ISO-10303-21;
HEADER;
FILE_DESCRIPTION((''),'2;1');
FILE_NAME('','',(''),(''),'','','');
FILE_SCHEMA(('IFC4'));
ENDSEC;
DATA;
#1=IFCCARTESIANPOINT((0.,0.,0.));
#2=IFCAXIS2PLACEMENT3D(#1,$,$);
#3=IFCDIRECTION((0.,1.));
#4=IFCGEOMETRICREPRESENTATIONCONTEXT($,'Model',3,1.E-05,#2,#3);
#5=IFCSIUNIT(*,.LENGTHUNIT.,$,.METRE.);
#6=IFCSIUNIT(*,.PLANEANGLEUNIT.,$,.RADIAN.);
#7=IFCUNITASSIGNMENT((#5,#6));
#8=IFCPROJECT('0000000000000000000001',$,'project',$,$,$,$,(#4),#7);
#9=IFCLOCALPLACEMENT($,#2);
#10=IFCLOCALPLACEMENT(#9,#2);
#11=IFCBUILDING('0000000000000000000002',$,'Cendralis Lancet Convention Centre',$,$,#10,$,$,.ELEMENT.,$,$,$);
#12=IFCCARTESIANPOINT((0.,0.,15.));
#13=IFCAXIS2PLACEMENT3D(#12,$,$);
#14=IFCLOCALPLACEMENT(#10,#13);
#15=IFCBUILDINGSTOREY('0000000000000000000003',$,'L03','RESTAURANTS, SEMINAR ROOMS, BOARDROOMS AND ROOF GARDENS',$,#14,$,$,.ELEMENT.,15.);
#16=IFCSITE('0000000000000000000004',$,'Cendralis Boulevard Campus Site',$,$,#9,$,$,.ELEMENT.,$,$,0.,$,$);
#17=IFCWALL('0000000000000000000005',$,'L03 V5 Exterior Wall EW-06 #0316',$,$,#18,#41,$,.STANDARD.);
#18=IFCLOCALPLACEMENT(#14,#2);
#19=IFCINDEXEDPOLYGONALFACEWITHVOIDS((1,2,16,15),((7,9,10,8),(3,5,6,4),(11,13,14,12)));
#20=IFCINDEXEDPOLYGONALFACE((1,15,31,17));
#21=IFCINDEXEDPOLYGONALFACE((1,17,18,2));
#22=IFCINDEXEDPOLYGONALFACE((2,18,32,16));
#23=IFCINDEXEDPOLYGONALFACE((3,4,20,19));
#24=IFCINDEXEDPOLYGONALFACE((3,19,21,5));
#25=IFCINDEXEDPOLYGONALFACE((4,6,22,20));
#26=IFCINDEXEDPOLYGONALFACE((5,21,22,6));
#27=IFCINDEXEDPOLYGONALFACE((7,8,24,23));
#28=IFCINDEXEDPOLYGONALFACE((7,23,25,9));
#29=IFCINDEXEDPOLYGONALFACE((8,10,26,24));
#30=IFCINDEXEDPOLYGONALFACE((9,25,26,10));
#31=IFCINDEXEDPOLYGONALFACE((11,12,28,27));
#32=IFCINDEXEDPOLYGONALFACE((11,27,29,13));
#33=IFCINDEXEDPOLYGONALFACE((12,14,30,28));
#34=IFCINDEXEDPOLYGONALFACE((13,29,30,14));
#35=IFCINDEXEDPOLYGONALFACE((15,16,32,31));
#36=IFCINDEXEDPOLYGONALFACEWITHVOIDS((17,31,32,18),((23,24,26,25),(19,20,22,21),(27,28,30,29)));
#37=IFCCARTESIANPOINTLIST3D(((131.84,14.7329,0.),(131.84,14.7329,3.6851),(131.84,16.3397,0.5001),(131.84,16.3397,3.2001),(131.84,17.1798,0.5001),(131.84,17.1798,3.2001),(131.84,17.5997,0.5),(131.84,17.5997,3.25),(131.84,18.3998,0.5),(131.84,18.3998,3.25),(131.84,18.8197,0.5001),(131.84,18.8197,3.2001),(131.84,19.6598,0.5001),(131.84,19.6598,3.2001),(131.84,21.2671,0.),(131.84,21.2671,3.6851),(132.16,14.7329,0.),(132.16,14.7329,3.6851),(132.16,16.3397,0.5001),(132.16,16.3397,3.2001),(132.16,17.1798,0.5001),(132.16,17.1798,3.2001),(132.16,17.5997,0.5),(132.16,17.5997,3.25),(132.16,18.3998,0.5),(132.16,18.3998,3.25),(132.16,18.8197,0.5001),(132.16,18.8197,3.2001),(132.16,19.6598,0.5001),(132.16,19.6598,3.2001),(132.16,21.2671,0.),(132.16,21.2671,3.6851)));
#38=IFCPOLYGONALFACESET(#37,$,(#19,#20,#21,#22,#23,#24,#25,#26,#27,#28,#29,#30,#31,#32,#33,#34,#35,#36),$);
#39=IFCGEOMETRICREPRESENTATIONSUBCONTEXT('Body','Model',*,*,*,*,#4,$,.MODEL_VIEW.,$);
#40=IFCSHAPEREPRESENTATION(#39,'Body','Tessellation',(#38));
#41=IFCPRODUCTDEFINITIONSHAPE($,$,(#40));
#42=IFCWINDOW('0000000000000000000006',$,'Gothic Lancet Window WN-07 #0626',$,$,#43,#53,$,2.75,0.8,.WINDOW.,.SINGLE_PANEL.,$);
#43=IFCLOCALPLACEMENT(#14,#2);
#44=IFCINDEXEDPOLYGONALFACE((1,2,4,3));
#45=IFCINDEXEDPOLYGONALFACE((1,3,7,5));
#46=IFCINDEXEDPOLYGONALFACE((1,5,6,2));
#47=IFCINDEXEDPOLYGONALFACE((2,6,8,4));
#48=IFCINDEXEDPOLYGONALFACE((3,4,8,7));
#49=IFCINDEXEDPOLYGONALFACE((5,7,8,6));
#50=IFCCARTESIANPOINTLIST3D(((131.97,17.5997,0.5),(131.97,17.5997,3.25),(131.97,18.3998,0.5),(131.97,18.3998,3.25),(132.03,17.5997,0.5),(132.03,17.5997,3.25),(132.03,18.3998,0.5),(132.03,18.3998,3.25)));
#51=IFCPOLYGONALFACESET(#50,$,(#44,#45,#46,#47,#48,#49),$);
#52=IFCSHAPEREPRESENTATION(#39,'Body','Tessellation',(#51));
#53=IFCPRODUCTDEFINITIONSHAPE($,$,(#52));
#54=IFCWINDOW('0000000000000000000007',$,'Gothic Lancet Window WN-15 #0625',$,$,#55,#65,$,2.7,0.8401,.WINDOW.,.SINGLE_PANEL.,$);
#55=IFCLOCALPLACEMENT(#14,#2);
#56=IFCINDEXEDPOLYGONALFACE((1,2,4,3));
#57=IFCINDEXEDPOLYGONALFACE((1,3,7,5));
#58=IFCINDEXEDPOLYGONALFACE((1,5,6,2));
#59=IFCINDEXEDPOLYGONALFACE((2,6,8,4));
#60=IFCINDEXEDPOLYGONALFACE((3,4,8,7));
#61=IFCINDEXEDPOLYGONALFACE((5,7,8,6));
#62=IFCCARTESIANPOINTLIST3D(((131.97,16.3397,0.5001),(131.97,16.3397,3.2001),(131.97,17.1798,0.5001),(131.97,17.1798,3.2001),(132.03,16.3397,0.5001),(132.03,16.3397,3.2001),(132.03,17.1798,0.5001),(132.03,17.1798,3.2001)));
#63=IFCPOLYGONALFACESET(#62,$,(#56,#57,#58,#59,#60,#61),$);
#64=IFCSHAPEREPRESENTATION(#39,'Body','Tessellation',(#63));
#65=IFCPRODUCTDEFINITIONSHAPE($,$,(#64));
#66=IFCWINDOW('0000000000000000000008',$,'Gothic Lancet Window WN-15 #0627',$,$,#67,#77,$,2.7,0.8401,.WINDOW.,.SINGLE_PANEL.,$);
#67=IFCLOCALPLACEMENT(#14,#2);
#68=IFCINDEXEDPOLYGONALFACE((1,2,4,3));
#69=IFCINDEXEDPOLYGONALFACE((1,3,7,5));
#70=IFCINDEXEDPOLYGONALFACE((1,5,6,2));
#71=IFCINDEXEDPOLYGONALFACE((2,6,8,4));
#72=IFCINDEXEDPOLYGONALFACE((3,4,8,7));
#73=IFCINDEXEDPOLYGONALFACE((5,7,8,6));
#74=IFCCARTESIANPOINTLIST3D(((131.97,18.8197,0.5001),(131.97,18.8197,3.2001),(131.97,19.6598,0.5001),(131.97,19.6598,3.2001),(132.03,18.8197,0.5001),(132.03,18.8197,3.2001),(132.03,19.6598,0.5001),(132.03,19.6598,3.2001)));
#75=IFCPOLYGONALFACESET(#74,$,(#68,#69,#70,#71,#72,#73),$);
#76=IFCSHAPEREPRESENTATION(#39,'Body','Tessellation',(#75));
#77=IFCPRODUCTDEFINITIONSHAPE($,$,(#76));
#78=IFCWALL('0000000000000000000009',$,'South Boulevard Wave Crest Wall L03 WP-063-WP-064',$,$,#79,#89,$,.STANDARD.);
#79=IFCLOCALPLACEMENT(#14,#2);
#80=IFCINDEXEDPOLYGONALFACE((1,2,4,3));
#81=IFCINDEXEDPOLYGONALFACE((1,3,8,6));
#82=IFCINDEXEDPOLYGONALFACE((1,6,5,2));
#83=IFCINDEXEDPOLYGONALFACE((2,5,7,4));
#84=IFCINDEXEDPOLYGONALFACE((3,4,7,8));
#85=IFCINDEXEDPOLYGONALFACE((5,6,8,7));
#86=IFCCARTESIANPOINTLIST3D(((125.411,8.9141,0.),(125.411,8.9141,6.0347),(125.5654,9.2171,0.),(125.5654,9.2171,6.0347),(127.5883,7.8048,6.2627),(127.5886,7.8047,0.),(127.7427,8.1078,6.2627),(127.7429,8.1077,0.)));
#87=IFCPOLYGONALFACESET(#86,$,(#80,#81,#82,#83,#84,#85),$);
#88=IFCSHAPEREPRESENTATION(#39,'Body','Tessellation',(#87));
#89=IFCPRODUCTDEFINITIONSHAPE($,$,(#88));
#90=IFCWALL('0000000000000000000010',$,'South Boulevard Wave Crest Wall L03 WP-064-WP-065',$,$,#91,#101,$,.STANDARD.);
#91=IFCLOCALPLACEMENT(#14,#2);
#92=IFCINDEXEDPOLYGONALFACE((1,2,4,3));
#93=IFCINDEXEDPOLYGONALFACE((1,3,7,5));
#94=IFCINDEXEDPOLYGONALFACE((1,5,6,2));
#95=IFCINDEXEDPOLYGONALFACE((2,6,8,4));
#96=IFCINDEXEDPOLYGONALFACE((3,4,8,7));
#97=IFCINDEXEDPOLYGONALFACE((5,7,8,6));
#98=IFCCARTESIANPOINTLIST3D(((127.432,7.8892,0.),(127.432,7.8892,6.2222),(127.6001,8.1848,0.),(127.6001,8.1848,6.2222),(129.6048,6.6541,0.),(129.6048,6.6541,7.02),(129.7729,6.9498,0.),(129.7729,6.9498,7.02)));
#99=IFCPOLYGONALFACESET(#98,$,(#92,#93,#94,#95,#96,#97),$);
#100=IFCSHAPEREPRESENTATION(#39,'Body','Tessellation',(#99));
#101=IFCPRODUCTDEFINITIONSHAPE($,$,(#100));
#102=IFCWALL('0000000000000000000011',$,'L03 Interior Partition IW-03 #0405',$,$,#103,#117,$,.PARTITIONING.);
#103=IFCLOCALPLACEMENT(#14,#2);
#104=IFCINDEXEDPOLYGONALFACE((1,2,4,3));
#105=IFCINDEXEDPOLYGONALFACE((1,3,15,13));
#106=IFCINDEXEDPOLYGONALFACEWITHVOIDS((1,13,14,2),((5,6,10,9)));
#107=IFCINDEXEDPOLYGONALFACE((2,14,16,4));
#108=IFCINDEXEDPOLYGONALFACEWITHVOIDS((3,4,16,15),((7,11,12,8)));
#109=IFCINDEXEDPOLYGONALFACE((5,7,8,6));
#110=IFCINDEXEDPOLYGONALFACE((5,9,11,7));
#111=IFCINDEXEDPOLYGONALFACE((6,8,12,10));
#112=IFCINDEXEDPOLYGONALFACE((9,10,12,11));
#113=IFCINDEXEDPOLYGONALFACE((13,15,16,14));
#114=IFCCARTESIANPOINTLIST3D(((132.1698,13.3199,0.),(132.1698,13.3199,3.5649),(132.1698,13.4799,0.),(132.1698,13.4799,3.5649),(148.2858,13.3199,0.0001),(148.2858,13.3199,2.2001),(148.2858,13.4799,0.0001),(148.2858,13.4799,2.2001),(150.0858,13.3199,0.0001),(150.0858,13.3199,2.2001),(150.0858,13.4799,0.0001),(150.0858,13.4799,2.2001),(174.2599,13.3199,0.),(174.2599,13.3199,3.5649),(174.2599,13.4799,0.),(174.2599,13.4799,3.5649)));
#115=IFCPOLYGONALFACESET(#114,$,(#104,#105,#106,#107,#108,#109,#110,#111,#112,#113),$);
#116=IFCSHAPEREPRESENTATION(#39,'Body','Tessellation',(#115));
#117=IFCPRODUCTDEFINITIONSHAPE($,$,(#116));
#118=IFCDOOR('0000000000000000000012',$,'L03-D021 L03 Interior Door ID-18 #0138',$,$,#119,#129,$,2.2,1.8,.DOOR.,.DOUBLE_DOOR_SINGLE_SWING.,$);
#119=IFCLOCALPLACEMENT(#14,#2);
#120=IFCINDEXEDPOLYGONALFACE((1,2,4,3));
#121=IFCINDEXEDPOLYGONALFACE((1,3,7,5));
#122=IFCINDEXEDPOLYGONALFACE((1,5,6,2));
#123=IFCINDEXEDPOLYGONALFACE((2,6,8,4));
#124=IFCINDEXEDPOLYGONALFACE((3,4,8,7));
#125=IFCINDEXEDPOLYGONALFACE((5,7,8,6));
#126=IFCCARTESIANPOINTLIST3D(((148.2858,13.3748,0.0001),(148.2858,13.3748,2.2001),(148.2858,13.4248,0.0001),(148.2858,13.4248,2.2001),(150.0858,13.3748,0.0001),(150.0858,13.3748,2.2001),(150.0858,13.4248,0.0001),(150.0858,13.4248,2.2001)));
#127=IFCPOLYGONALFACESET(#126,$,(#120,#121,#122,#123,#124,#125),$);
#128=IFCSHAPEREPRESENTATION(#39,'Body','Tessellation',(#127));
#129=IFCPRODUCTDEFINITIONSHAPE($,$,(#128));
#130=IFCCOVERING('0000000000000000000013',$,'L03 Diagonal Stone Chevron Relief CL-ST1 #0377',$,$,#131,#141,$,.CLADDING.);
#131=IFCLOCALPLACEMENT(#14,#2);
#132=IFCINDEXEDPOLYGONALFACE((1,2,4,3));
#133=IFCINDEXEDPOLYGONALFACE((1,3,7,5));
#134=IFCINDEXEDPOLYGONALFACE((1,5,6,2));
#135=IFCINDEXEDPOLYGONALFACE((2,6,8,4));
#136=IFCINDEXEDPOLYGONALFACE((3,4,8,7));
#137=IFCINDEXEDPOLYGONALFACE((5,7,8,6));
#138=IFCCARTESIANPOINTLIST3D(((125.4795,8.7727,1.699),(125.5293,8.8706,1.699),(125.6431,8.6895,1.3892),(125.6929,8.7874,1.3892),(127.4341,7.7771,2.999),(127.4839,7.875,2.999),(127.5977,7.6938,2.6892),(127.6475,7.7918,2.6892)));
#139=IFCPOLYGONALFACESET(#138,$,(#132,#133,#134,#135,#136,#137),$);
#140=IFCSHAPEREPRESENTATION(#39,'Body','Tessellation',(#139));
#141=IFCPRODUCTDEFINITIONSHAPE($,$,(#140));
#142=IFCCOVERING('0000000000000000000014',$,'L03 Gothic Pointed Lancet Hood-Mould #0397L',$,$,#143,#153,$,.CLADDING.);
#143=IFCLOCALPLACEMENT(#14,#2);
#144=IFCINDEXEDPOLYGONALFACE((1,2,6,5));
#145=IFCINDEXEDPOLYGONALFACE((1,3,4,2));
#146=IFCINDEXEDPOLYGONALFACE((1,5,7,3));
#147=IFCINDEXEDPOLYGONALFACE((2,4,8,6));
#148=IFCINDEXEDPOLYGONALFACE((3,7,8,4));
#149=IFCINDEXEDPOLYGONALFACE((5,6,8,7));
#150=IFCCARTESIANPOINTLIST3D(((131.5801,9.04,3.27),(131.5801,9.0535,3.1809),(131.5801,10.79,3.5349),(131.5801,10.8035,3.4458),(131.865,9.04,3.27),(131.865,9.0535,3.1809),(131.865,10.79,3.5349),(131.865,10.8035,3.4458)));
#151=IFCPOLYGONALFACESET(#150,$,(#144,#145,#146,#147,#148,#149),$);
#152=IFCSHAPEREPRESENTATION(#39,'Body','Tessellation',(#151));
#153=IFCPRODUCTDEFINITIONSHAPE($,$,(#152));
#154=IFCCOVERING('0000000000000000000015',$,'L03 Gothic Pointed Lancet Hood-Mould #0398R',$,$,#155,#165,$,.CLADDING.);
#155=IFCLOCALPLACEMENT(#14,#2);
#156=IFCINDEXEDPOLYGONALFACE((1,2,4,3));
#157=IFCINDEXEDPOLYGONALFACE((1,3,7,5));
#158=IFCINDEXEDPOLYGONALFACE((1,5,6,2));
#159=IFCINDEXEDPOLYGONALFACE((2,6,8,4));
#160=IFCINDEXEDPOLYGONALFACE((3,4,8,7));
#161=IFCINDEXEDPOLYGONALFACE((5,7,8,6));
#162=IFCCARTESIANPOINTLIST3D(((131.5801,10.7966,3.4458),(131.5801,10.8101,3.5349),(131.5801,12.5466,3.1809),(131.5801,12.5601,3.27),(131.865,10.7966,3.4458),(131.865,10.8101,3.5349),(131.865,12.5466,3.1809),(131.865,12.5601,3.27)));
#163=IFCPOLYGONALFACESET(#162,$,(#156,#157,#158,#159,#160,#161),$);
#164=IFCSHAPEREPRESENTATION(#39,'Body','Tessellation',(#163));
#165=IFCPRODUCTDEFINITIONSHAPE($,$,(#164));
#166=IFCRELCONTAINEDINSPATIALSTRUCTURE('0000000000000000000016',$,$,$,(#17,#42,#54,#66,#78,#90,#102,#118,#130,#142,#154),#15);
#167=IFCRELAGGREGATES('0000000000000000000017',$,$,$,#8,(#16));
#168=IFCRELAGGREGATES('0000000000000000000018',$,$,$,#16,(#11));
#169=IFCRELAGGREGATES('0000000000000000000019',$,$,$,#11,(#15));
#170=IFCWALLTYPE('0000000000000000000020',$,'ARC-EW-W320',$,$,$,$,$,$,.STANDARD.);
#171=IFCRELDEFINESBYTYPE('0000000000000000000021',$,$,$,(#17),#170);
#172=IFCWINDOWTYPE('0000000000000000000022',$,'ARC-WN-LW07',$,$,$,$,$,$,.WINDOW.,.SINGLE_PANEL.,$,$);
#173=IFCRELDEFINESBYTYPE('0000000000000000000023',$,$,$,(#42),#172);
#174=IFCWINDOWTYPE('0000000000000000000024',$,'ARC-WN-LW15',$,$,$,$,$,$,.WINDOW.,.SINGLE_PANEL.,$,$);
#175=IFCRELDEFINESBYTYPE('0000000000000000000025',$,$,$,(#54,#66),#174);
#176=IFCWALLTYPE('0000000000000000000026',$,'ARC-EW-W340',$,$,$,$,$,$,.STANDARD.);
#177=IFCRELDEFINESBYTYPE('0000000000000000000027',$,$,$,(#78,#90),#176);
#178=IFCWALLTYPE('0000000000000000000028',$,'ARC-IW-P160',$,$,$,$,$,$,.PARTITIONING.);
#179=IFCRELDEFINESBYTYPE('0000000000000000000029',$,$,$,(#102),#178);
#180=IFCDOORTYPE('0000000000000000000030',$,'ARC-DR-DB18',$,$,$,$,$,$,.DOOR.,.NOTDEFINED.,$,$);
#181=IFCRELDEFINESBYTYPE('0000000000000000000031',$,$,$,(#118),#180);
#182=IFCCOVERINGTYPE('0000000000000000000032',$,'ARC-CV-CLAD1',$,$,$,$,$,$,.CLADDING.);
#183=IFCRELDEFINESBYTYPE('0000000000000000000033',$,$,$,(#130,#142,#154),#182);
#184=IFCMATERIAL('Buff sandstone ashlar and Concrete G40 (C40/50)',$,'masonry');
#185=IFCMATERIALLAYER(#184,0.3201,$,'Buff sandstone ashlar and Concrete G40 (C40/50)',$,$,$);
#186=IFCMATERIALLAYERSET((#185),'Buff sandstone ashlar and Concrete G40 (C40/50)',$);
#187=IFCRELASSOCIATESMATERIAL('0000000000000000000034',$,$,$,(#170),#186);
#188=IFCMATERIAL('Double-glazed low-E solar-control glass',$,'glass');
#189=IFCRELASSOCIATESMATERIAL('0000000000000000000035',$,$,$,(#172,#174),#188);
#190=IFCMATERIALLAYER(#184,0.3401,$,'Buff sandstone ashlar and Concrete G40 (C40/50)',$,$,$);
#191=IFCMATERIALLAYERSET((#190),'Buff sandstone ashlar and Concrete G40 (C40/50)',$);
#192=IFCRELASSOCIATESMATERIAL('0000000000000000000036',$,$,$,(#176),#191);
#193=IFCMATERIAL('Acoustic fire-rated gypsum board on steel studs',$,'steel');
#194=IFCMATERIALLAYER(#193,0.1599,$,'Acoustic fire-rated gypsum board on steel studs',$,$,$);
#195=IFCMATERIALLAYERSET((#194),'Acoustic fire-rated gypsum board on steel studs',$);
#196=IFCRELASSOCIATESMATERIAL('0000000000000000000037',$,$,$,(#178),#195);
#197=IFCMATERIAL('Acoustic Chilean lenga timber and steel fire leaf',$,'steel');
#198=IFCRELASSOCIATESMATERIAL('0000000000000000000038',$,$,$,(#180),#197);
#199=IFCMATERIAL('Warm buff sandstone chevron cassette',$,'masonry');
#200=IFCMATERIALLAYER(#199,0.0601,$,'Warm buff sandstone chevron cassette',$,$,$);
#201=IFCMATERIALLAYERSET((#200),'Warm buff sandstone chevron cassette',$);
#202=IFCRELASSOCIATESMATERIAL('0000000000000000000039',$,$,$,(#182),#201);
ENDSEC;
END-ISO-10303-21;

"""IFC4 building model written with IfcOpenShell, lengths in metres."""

from ifc_helpers import new_model, si_unit, direction, frame, frame_2d, origin, place, context, subcontext, project, spatial, polyline, rectangle, outline, extrude, material, layer, layer_set, type_object, element, fill, save


model = new_model("IFC4")

# Units and contexts
model_context = context("Model", 3, precision=1e-05, world=origin(), true_north=direction((0.0, 1.0)))
body_context = subcontext(model_context, "Body", "Model", "MODEL_VIEW")
ifc_project = project(units=[si_unit("LENGTHUNIT", "METRE"), si_unit("PLANEANGLEUNIT", "RADIAN")], contexts=[model_context])

# Site, building, storey
site_placement = place(None, origin())
site = spatial("IfcSite", under=ifc_project, at=site_placement, Name="Cendralis Boulevard Campus Site", CompositionType="ELEMENT", RefElevation=0.0)
building_placement = place(site_placement, origin())
building = spatial("IfcBuilding", under=site, at=building_placement, Name="Cendralis Lancet Convention Centre", CompositionType="ELEMENT")
storey_placement = place(building_placement, frame((0.0, 0.0, 15.0)))
storey = spatial("IfcBuildingStorey", under=building, at=storey_placement, Name="L03", Description="RESTAURANTS, SEMINAR ROOMS, BOARDROOMS AND ROOF GARDENS", CompositionType="ELEMENT", Elevation=15.0)

# Shared definitions
ifc_material_1 = material(Name="Buff sandstone ashlar and Concrete G40 (C40/50)", Category="masonry")
ifc_layer_1 = layer(ifc_material_1, 0.3201, Name="Buff sandstone ashlar and Concrete G40 (C40/50)")
ifc_layer_set_1 = layer_set([ifc_layer_1], Name="Buff sandstone ashlar and Concrete G40 (C40/50)")
wall_type_1 = type_object("IfcWallType", Name="ARC-EW-W320", PredefinedType="STANDARD", material=ifc_layer_set_1)

# Wall, openings, windows
wall_1_placement = place(storey_placement, frame((132.0, 14.7329, 0.0), z_axis=(0.0, 0.0, 1.0), x_axis=(0.0, 1.0, 0.0)))
wall_1 = element("IfcWall", 1, at=wall_1_placement, inside=storey, type_object=wall_type_1, Name="L03 V5 Exterior Wall EW-06 #0316", PredefinedType="STANDARD", context=body_context, shape_type="SweptSolid", body=[
    extrude(rectangle(XDim=6.5342, YDim=0.3201, at=frame_2d((3.2671, 0.0))), origin(), (0.0, 0.0, 1.0), 3.6851),
])
opening_1_placement = place(wall_1_placement, frame((1.6069, 0.0, 0.5)))
opening_1 = element("IfcOpeningElement", 2, at=opening_1_placement, cuts=wall_1, PredefinedType="OPENING", context=body_context, shape_type="SweptSolid", body=[
    extrude(rectangle(XDim=0.8401, YDim=2.7, at=frame_2d((0.4199, 1.3501))), frame((0.0, 0.1699, 0.0), z_axis=(0.0, -1.0, 0.0), x_axis=(1.0, 0.0, 0.0)), (0.0, 0.0, 1.0), 0.3401),
])
opening_2_placement = place(wall_1_placement, frame((2.8669, 0.0, 0.5)))
opening_2 = element("IfcOpeningElement", 3, at=opening_2_placement, cuts=wall_1, PredefinedType="OPENING", context=body_context, shape_type="SweptSolid", body=[
    extrude(rectangle(XDim=0.8, YDim=2.75, at=frame_2d((0.3999, 1.375))), frame((0.0, 0.1699, 0.0), z_axis=(0.0, -1.0, 0.0), x_axis=(1.0, 0.0, 0.0)), (0.0, 0.0, 1.0), 0.3401),
])
opening_3_placement = place(wall_1_placement, frame((4.0869, 0.0, 0.5)))
opening_3 = element("IfcOpeningElement", 4, at=opening_3_placement, cuts=wall_1, PredefinedType="OPENING", context=body_context, shape_type="SweptSolid", body=[
    extrude(rectangle(XDim=0.8401, YDim=2.7, at=frame_2d((0.4199, 1.3501))), frame((0.0, 0.1699, 0.0), z_axis=(0.0, -1.0, 0.0), x_axis=(1.0, 0.0, 0.0)), (0.0, 0.0, 1.0), 0.3401),
])
ifc_material_2 = material(Name="Double-glazed low-E solar-control glass", Category="glass")
window_type_1 = type_object("IfcWindowType", Name="ARC-WN-LW07", PartitioningType="SINGLE_PANEL", PredefinedType="WINDOW", material=ifc_material_2)
window_1_placement = place(opening_2_placement, origin())
window_1 = element("IfcWindow", 5, at=window_1_placement, inside=storey, type_object=window_type_1, Name="Gothic Lancet Window WN-07 #0626", OverallHeight=2.75, OverallWidth=0.8, PartitioningType="SINGLE_PANEL", PredefinedType="WINDOW", context=body_context, shape_type="SweptSolid", body=[
    extrude(rectangle(XDim=0.8, YDim=2.75, at=frame_2d((0.3999, 1.375))), frame((0.0, 0.03, 0.0), z_axis=(0.0, -1.0, 0.0), x_axis=(1.0, 0.0, 0.0)), (0.0, 0.0, 1.0), 0.0601),
])
fill(opening_2, window_1)
window_type_2 = type_object("IfcWindowType", Name="ARC-WN-LW15", PartitioningType="SINGLE_PANEL", PredefinedType="WINDOW", material=ifc_material_2)
window_2_placement = place(opening_1_placement, origin())
window_2 = element("IfcWindow", 6, at=window_2_placement, inside=storey, type_object=window_type_2, Name="Gothic Lancet Window WN-15 #0625", OverallHeight=2.7, OverallWidth=0.8401, PartitioningType="SINGLE_PANEL", PredefinedType="WINDOW", context=body_context, shape_type="SweptSolid", body=[
    extrude(rectangle(XDim=0.8401, YDim=2.7, at=frame_2d((0.4199, 1.3501))), frame((0.0, 0.03, 0.0), z_axis=(0.0, -1.0, 0.0), x_axis=(1.0, 0.0, 0.0)), (0.0, 0.0, 1.0), 0.0601),
])
fill(opening_1, window_2)
window_3_placement = place(opening_3_placement, origin())
window_3 = element("IfcWindow", 7, at=window_3_placement, inside=storey, type_object=window_type_2, Name="Gothic Lancet Window WN-15 #0627", OverallHeight=2.7, OverallWidth=0.8401, PartitioningType="SINGLE_PANEL", PredefinedType="WINDOW", context=body_context, shape_type="SweptSolid", body=[
    extrude(rectangle(XDim=0.8401, YDim=2.7, at=frame_2d((0.4199, 1.3501))), frame((0.0, 0.03, 0.0), z_axis=(0.0, -1.0, 0.0), x_axis=(1.0, 0.0, 0.0)), (0.0, 0.0, 1.0), 0.0601),
])
fill(opening_3, window_3)

# Walls
ifc_layer_2 = layer(ifc_material_1, 0.3401, Name="Buff sandstone ashlar and Concrete G40 (C40/50)")
ifc_layer_set_2 = layer_set([ifc_layer_2], Name="Buff sandstone ashlar and Concrete G40 (C40/50)")
wall_type_2 = type_object("IfcWallType", Name="ARC-EW-W340", PredefinedType="STANDARD", material=ifc_layer_set_2)
wall_2_placement = place(storey_placement, frame((125.4883, 9.0657, 0.0), z_axis=(0.0, 0.0, 1.0), x_axis=(0.891025, -0.453954, 0.0)))
element("IfcWall", 8, at=wall_2_placement, inside=storey, type_object=wall_type_2, Name="South Boulevard Wave Crest Wall L03 WP-063-WP-064", PredefinedType="STANDARD", context=body_context, shape_type="SweptSolid", body=[
    extrude(outline(polyline([(0.0, 0.0), (2.4438, 0.0), (2.4436, 6.2627), (0.0, 6.0347), (0.0, 0.0)])), frame((0.0, 0.1699, 0.0), z_axis=(0.0, -1.0, 0.0), x_axis=(1.0, 0.0, 0.0)), (0.0, 0.0, 1.0), 0.3401),
])
wall_3_placement = place(storey_placement, frame((127.5161, 8.0371, 0.0), z_axis=(0.0, 0.0, 1.0), x_axis=(0.869365, -0.494171, 0.0)))
element("IfcWall", 9, at=wall_3_placement, inside=storey, type_object=wall_type_2, Name="South Boulevard Wave Crest Wall L03 WP-064-WP-065", PredefinedType="STANDARD", context=body_context, shape_type="SweptSolid", body=[
    extrude(outline(polyline([(0.0, 0.0), (2.4993, 0.0), (2.4993, 7.02), (0.0, 6.2222), (0.0, 0.0)])), frame((0.0, 0.1699, 0.0), z_axis=(0.0, -1.0, 0.0), x_axis=(1.0, 0.0, 0.0)), (0.0, 0.0, 1.0), 0.3401),
])

# Wall, opening, door
ifc_material_3 = material(Name="Acoustic fire-rated gypsum board on steel studs", Category="steel")
ifc_layer_3 = layer(ifc_material_3, 0.1599, Name="Acoustic fire-rated gypsum board on steel studs")
ifc_layer_set_3 = layer_set([ifc_layer_3], Name="Acoustic fire-rated gypsum board on steel studs")
wall_type_3 = type_object("IfcWallType", Name="ARC-IW-P160", PredefinedType="PARTITIONING", material=ifc_layer_set_3)
wall_4_placement = place(storey_placement, frame((132.1699, 13.3999, 0.0), z_axis=(0.0, 0.0, 1.0), x_axis=(1.0, 0.0, 0.0)))
wall_4 = element("IfcWall", 10, at=wall_4_placement, inside=storey, type_object=wall_type_3, Name="L03 Interior Partition IW-03 #0405", PredefinedType="PARTITIONING", context=body_context, shape_type="SweptSolid", body=[
    extrude(rectangle(XDim=42.0901, YDim=0.1599, at=frame_2d((21.0449, 0.0))), origin(), (0.0, 0.0, 1.0), 3.5649),
])
opening_4_placement = place(wall_4_placement, frame((16.116, 0.0, 0.0)))
opening_4 = element("IfcOpeningElement", 11, at=opening_4_placement, cuts=wall_4, PredefinedType="OPENING", context=body_context, shape_type="SweptSolid", body=[
    extrude(rectangle(XDim=1.8, YDim=2.2, at=frame_2d((0.8999, 1.1001))), frame((0.0, 0.0898, 0.0), z_axis=(0.0, -1.0, 0.0), x_axis=(1.0, 0.0, 0.0)), (0.0, 0.0, 1.0), 0.1799),
])
ifc_material_4 = material(Name="Acoustic Chilean lenga timber and steel fire leaf", Category="steel")
door_type = type_object("IfcDoorType", Name="ARC-DR-DB18", OperationType="NOTDEFINED", PredefinedType="DOOR", material=ifc_material_4)
door_placement = place(opening_4_placement, origin())
door = element("IfcDoor", 12, at=door_placement, inside=storey, type_object=door_type, Name="L03-D021 L03 Interior Door ID-18 #0138", OperationType="DOUBLE_DOOR_SINGLE_SWING", OverallHeight=2.2, OverallWidth=1.8, PredefinedType="DOOR", context=body_context, shape_type="SweptSolid", body=[
    extrude(rectangle(XDim=1.8, YDim=2.2, at=frame_2d((0.8999, 1.1001))), frame((0.0, 0.0249, 0.0), z_axis=(0.0, -1.0, 0.0), x_axis=(1.0, 0.0, 0.0)), (0.0, 0.0, 1.0), 0.05),
])
fill(opening_4, door)

# Coverings
ifc_material_5 = material(Name="Warm buff sandstone chevron cassette", Category="masonry")
ifc_layer_4 = layer(ifc_material_5, 0.0601, Name="Warm buff sandstone chevron cassette")
ifc_layer_set_4 = layer_set([ifc_layer_4], Name="Warm buff sandstone chevron cassette")
covering_type_1 = type_object("IfcCoveringType", Name="ARC-CV-CLAD1", PredefinedType="CLADDING", material=ifc_layer_set_4)
covering_1_placement = place(storey_placement, frame((125.4795, 8.7727, 1.699), z_axis=(-0.454427, 0.23118, 0.860262), x_axis=(0.766548, -0.390455, 0.509851)))
element("IfcCovering", 13, at=covering_1_placement, inside=storey, type_object=covering_type_1, Name="L03 Diagonal Stone Chevron Relief CL-ST1 #0377", PredefinedType="CLADDING", context=body_context, shape_type="SweptSolid", body=[
    extrude(outline(polyline([(0.0, 0.0), (2.5499, 0.0), (2.5498, 0.1098), (0.0, 0.1098), (0.0, 0.0)])), origin(), (0.0, 0.0, -1.0), 0.3601),
])
for number, where, z_axis, x_axis, name in (
    (14, (131.5801, 9.04, 3.27), (0.0, -0.149662, 0.988737), (1.0, 0.0, 0.0), "L03 Gothic Pointed Lancet Hood-Mould #0397L"),
    (15, (131.5801, 10.8101, 3.5349), (0.0, 0.149662, 0.988737), (1.0, 0.0, 0.0), "L03 Gothic Pointed Lancet Hood-Mould #0398R"),
):
    element("IfcCovering", number, at=place(storey_placement, frame(where, z_axis=z_axis, x_axis=x_axis)), inside=storey, type_object=covering_type_1, Name=name, PredefinedType="CLADDING", context=body_context, shape_type="SweptSolid", body=[
        extrude(outline(polyline([(0.0, 0.0), (0.2849, 0.0), (0.2849, 1.7699), (0.0, 1.7699), (0.0, 0.0)])), origin(), (0.0, 0.0, -1.0), 0.0901),
    ])

save(model, "model.ifc")
